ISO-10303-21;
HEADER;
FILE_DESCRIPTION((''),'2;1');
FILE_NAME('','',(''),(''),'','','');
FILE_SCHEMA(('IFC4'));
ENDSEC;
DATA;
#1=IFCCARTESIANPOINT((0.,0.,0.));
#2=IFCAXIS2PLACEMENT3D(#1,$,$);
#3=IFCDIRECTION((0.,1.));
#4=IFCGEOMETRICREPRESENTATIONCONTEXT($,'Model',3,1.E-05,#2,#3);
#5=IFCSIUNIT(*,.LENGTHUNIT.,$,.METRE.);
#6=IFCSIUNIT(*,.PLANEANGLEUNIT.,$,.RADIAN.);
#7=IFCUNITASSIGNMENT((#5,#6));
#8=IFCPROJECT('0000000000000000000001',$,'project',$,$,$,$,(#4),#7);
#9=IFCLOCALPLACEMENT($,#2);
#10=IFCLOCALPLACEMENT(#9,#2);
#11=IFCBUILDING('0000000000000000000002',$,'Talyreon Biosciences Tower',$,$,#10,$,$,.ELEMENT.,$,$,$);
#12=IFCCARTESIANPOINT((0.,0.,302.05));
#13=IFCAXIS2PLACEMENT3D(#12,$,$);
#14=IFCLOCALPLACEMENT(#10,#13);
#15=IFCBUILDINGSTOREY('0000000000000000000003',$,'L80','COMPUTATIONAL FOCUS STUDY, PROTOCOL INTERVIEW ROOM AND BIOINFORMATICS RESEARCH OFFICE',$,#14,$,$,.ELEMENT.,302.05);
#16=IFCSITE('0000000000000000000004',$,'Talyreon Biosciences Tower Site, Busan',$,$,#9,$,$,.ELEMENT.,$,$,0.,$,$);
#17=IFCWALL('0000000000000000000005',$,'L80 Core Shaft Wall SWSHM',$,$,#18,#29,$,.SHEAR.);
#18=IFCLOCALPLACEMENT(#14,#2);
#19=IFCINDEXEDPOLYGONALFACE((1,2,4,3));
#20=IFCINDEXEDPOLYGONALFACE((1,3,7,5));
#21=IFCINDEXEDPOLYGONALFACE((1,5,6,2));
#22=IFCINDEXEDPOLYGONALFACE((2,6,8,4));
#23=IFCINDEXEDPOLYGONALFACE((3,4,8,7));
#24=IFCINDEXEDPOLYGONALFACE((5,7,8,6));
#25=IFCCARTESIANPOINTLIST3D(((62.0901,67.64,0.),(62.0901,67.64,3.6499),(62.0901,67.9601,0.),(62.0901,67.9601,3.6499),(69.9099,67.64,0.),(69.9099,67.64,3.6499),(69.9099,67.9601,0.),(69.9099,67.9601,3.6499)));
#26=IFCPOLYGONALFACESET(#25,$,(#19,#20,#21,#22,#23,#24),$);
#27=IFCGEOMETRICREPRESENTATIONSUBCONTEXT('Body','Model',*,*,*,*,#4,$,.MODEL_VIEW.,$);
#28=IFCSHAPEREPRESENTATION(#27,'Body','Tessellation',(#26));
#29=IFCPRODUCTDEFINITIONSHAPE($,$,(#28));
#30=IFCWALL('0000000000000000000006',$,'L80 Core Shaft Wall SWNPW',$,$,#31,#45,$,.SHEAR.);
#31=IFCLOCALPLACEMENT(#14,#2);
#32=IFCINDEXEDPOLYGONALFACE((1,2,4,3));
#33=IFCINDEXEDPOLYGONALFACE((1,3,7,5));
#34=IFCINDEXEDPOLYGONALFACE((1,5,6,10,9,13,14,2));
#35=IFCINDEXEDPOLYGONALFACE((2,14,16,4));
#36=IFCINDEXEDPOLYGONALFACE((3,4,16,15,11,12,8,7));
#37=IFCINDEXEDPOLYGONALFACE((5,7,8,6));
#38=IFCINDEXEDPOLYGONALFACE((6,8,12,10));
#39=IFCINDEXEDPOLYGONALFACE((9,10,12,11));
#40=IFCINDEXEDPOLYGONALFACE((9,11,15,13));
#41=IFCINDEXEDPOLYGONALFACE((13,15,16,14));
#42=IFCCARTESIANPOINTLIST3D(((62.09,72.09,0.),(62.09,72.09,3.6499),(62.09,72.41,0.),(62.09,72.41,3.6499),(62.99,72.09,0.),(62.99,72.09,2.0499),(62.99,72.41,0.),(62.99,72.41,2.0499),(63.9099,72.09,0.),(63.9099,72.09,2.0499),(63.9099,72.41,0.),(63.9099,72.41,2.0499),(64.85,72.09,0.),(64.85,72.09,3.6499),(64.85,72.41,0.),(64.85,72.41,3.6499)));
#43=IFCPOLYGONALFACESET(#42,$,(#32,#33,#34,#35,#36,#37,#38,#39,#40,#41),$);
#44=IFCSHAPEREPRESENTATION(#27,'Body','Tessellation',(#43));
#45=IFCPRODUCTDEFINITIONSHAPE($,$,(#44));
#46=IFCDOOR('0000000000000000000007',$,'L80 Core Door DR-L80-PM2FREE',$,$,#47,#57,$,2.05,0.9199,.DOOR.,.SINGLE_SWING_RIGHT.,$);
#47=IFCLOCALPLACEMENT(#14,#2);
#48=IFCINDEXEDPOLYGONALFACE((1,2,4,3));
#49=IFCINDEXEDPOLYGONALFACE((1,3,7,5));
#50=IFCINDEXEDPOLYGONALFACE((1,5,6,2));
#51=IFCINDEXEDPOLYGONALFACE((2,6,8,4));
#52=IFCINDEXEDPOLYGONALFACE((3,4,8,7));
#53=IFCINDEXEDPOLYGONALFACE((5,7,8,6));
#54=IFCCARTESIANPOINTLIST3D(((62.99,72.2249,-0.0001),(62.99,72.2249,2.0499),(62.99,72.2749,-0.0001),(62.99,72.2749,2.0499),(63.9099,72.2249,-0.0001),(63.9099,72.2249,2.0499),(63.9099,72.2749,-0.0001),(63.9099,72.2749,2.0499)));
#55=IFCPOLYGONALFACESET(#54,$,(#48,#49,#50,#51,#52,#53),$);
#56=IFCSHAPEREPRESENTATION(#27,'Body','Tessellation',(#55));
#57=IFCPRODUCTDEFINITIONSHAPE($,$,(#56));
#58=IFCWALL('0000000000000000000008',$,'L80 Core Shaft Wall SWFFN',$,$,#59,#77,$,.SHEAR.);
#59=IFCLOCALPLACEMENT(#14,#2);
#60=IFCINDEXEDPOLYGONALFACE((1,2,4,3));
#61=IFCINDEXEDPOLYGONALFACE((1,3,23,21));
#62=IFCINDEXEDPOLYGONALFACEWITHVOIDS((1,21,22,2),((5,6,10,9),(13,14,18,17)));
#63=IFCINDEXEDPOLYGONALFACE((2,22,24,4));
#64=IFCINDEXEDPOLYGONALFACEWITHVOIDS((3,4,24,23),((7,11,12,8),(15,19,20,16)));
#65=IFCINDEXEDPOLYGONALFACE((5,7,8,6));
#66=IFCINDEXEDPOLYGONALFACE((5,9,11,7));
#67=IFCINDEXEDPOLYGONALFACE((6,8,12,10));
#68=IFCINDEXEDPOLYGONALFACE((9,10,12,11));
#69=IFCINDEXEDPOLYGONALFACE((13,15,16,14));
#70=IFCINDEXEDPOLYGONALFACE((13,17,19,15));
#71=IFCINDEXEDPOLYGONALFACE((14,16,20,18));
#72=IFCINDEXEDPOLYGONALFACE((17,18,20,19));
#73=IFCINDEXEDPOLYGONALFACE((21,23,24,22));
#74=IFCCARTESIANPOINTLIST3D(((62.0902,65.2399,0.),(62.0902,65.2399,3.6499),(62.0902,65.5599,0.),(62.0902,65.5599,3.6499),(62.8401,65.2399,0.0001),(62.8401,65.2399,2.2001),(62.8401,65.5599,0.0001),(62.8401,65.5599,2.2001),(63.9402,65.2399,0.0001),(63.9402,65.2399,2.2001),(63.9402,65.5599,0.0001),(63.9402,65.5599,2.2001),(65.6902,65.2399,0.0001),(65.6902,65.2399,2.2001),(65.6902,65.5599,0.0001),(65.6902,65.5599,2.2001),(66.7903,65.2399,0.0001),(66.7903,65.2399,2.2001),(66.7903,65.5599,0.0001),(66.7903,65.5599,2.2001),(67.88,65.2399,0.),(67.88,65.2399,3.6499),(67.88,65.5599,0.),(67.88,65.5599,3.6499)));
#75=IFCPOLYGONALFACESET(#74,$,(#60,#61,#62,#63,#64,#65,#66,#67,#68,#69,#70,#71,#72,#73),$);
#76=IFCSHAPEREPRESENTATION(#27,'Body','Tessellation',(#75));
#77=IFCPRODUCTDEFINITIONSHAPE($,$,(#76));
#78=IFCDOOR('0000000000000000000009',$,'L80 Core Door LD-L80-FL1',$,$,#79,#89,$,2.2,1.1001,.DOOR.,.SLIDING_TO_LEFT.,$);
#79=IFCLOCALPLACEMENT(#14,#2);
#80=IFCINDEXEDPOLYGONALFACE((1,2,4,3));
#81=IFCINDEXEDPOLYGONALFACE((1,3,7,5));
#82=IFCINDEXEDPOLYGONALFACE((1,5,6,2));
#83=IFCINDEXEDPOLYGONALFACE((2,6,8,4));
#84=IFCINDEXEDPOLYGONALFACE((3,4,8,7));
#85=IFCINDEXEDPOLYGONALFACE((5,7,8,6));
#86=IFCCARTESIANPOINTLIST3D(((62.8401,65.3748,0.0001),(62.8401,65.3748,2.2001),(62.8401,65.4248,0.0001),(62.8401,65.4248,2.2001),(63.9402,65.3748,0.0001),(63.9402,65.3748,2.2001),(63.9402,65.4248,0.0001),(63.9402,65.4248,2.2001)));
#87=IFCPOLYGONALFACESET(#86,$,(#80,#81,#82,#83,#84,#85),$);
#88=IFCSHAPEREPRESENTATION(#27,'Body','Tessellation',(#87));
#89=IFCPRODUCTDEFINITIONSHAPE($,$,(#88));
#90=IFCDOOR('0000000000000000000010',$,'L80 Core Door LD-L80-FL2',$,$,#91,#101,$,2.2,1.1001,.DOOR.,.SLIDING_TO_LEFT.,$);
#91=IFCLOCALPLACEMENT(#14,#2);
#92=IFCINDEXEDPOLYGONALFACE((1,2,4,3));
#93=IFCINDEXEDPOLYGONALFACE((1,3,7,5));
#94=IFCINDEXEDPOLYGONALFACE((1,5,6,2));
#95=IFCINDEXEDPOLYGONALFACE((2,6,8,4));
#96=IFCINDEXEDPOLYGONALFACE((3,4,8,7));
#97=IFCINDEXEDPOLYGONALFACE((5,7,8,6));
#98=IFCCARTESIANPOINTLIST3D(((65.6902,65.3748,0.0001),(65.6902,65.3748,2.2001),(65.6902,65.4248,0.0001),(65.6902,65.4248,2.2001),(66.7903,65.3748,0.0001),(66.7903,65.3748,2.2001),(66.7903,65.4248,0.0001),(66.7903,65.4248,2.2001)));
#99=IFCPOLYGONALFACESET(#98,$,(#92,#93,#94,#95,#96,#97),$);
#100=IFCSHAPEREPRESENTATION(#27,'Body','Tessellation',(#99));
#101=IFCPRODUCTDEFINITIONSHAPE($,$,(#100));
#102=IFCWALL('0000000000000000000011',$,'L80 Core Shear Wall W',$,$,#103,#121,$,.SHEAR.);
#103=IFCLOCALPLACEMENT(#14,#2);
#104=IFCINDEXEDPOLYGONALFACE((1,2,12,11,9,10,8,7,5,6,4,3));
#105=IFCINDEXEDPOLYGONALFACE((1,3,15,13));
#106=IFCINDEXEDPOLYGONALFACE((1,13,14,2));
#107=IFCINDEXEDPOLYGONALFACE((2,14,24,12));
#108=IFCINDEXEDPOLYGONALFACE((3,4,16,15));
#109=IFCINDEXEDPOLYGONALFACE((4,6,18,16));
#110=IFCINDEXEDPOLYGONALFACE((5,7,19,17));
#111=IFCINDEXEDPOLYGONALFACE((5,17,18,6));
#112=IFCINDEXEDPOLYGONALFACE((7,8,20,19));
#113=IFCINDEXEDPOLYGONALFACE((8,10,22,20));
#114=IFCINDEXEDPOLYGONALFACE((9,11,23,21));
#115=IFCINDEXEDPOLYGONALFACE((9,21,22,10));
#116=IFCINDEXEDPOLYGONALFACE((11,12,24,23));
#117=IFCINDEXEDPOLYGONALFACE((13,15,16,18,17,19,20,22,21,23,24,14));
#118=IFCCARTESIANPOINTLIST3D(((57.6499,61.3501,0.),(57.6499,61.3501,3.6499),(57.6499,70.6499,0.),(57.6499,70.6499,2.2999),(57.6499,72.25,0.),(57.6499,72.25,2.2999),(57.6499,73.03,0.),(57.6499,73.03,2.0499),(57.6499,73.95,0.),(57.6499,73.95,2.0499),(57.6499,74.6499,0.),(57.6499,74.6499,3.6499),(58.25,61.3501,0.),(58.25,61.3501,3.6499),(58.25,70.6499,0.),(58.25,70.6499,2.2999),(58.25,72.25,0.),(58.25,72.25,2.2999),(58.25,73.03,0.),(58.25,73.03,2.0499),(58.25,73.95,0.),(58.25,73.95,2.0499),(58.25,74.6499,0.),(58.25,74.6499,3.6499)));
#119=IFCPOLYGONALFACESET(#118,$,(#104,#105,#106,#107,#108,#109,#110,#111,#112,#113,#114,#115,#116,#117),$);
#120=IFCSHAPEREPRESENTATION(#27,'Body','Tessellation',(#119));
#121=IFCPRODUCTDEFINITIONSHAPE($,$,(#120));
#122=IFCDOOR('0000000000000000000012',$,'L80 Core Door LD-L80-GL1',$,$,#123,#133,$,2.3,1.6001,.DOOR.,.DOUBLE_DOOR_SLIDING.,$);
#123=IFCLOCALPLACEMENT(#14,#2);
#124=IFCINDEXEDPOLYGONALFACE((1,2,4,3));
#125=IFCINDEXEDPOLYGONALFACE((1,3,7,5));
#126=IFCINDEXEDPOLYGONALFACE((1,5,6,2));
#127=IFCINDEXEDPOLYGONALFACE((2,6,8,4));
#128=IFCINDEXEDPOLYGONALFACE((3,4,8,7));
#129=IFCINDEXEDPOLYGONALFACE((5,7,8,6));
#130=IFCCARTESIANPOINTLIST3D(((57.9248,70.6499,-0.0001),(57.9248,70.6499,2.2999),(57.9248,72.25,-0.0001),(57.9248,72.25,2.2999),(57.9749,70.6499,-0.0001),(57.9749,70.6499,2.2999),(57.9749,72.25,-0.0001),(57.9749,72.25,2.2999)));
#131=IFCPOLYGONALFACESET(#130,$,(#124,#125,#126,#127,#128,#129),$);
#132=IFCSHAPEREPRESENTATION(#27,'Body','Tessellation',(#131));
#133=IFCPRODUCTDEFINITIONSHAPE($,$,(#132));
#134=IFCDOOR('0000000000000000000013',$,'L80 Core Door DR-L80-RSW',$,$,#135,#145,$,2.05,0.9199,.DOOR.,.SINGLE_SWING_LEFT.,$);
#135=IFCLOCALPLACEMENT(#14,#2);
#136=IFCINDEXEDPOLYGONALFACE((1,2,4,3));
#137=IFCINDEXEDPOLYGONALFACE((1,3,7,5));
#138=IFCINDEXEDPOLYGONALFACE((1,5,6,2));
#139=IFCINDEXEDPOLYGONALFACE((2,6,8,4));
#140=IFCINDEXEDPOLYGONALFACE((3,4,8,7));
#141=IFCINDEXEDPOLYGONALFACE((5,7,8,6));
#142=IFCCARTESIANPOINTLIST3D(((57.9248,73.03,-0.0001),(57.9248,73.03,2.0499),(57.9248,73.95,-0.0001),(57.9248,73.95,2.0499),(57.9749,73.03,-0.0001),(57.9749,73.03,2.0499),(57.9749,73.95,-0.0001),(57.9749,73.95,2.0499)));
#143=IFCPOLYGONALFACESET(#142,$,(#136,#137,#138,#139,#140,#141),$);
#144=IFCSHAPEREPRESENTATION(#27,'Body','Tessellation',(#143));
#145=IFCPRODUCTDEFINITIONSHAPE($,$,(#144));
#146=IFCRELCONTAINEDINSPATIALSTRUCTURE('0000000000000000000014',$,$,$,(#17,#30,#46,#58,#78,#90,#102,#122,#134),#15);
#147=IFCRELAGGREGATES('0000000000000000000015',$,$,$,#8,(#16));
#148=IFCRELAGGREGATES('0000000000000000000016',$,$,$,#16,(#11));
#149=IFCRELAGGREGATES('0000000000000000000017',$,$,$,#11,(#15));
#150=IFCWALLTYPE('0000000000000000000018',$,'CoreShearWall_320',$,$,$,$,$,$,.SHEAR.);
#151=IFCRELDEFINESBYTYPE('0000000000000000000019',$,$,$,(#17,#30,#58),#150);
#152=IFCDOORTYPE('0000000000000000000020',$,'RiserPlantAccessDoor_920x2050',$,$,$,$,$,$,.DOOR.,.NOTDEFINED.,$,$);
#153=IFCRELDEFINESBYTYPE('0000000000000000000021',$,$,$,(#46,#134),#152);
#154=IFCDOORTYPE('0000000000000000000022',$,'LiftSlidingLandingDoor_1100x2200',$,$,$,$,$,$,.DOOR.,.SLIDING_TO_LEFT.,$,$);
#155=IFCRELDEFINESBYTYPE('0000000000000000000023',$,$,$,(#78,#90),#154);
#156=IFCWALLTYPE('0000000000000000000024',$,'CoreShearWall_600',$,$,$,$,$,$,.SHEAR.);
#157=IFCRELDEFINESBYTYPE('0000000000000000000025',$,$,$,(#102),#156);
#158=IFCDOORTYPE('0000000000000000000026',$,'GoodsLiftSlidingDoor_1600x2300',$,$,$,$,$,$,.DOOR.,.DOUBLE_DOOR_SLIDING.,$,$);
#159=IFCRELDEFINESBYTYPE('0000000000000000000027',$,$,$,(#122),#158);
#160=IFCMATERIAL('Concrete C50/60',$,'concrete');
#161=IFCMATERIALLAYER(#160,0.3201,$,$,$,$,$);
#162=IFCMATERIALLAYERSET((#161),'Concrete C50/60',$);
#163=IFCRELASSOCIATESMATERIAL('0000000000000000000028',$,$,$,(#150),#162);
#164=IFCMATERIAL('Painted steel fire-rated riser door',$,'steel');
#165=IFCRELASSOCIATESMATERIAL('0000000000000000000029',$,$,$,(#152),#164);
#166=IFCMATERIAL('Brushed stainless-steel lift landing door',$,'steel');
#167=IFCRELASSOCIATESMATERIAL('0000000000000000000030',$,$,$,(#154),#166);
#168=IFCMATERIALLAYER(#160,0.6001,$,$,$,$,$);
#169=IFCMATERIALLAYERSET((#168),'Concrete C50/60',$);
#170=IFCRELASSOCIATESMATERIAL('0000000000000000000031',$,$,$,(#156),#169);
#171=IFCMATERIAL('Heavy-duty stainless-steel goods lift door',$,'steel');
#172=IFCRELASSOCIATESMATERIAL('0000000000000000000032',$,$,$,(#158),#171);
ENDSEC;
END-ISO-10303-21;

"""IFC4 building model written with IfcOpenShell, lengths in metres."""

from ifc_helpers import new_model, si_unit, direction, frame, frame_2d, origin, place, context, subcontext, project, spatial, rectangle, extrude, material, layer, layer_set, type_object, element, fill, save


model = new_model("IFC4")

# Units and contexts
model_context = context("Model", 3, precision=1e-05, world=origin(), true_north=direction((0.0, 1.0)))
body_context = subcontext(model_context, "Body", "Model", "MODEL_VIEW")
ifc_project = project(units=[si_unit("LENGTHUNIT", "METRE"), si_unit("PLANEANGLEUNIT", "RADIAN")], contexts=[model_context])

# Site, building, storey
site_placement = place(None, origin())
site = spatial("IfcSite", under=ifc_project, at=site_placement, Name="Talyreon Biosciences Tower Site, Busan", CompositionType="ELEMENT", RefElevation=0.0)
building_placement = place(site_placement, origin())
building = spatial("IfcBuilding", under=site, at=building_placement, Name="Talyreon Biosciences Tower", CompositionType="ELEMENT")
storey_placement = place(building_placement, frame((0.0, 0.0, 302.05)))
storey = spatial("IfcBuildingStorey", under=building, at=storey_placement, Name="L80", Description="COMPUTATIONAL FOCUS STUDY, PROTOCOL INTERVIEW ROOM AND BIOINFORMATICS RESEARCH OFFICE", CompositionType="ELEMENT", Elevation=302.05)

# Shared definitions
ifc_material_1 = material(Name="Concrete C50/60", Category="concrete")

# Wall
ifc_layer_1 = layer(ifc_material_1, 0.3201)
ifc_layer_set_1 = layer_set([ifc_layer_1], Name="Concrete C50/60")
wall_type_1 = type_object("IfcWallType", Name="CoreShearWall_320", PredefinedType="SHEAR", material=ifc_layer_set_1)
wall_1_placement = place(storey_placement, frame((62.0901, 67.8, 0.0), z_axis=(0.0, 0.0, 1.0), x_axis=(1.0, 0.0, 0.0)))
element("IfcWall", 1, at=wall_1_placement, inside=storey, type_object=wall_type_1, Name="L80 Core Shaft Wall SWSHM", PredefinedType="SHEAR", context=body_context, shape_type="SweptSolid", body=[
    extrude(rectangle(XDim=7.8198, YDim=0.3201, at=frame_2d((3.9099, 0.0))), origin(), (0.0, 0.0, 1.0), 3.6499),
])

# Wall, opening, door
wall_2_placement = place(storey_placement, frame((62.0901, 72.25, 0.0), z_axis=(0.0, 0.0, 1.0), x_axis=(1.0, 0.0, 0.0)))
wall_2 = element("IfcWall", 2, at=wall_2_placement, inside=storey, type_object=wall_type_1, Name="L80 Core Shaft Wall SWNPW", PredefinedType="SHEAR", context=body_context, shape_type="SweptSolid", body=[
    extrude(rectangle(XDim=2.76, YDim=0.3201, at=frame_2d((1.3799, 0.0))), origin(), (0.0, 0.0, 1.0), 3.6499),
])
opening_1_placement = place(wall_2_placement, frame((0.8999, 0.0, 0.0)))
opening_1 = element("IfcOpeningElement", 3, at=opening_1_placement, cuts=wall_2, PredefinedType="OPENING", context=body_context, shape_type="SweptSolid", body=[
    extrude(rectangle(XDim=0.9199, YDim=2.05, at=frame_2d((0.46, 1.0249))), frame((0.0, 0.1699, 0.0), z_axis=(0.0, -1.0, 0.0), x_axis=(1.0, 0.0, 0.0)), (0.0, 0.0, 1.0), 0.3401),
])
ifc_material_2 = material(Name="Painted steel fire-rated riser door", Category="steel")
door_type_1 = type_object("IfcDoorType", Name="RiserPlantAccessDoor_920x2050", OperationType="NOTDEFINED", PredefinedType="DOOR", material=ifc_material_2)
door_1_placement = place(opening_1_placement, origin())
door_1 = element("IfcDoor", 4, at=door_1_placement, inside=storey, type_object=door_type_1, Name="L80 Core Door DR-L80-PM2FREE", OperationType="SINGLE_SWING_RIGHT", OverallHeight=2.05, OverallWidth=0.9199, PredefinedType="DOOR", context=body_context, shape_type="SweptSolid", body=[
    extrude(rectangle(XDim=0.9199, YDim=2.05, at=frame_2d((0.46, 1.0249))), frame((0.0, 0.0249, 0.0), z_axis=(0.0, -1.0, 0.0), x_axis=(1.0, 0.0, 0.0)), (0.0, 0.0, 1.0), 0.05),
])
fill(opening_1, door_1)

# Walls, openings, doors
wall_3_placement = place(storey_placement, frame((62.0901, 65.3999, 0.0), z_axis=(0.0, 0.0, 1.0), x_axis=(1.0, 0.0, 0.0)))
wall_3 = element("IfcWall", 5, at=wall_3_placement, inside=storey, type_object=wall_type_1, Name="L80 Core Shaft Wall SWFFN", PredefinedType="SHEAR", context=body_context, shape_type="SweptSolid", body=[
    extrude(rectangle(XDim=5.7898, YDim=0.3201, at=frame_2d((2.895, 0.0))), origin(), (0.0, 0.0, 1.0), 3.6499),
])
opening_2_placement = place(wall_3_placement, frame((0.75, 0.0, 0.0)))
opening_2 = element("IfcOpeningElement", 6, at=opening_2_placement, cuts=wall_3, PredefinedType="OPENING", context=body_context, shape_type="SweptSolid", body=[
    extrude(rectangle(XDim=1.1001, YDim=2.2, at=frame_2d((0.55, 1.1001))), frame((0.0, 0.1699, 0.0), z_axis=(0.0, -1.0, 0.0), x_axis=(1.0, 0.0, 0.0)), (0.0, 0.0, 1.0), 0.3401),
])
opening_3_placement = place(wall_3_placement, frame((3.6001, 0.0, 0.0)))
opening_3 = element("IfcOpeningElement", 7, at=opening_3_placement, cuts=wall_3, PredefinedType="OPENING", context=body_context, shape_type="SweptSolid", body=[
    extrude(rectangle(XDim=1.1001, YDim=2.2, at=frame_2d((0.55, 1.1001))), frame((0.0, 0.1699, 0.0), z_axis=(0.0, -1.0, 0.0), x_axis=(1.0, 0.0, 0.0)), (0.0, 0.0, 1.0), 0.3401),
])
ifc_material_3 = material(Name="Brushed stainless-steel lift landing door", Category="steel")
door_type_2 = type_object("IfcDoorType", Name="LiftSlidingLandingDoor_1100x2200", OperationType="SLIDING_TO_LEFT", PredefinedType="DOOR", material=ifc_material_3)
door_2_placement = place(opening_2_placement, origin())
door_2 = element("IfcDoor", 8, at=door_2_placement, inside=storey, type_object=door_type_2, Name="L80 Core Door LD-L80-FL1", OperationType="SLIDING_TO_LEFT", OverallHeight=2.2, OverallWidth=1.1001, PredefinedType="DOOR", context=body_context, shape_type="SweptSolid", body=[
    extrude(rectangle(XDim=1.1001, YDim=2.2, at=frame_2d((0.55, 1.1001))), frame((0.0, 0.0249, 0.0), z_axis=(0.0, -1.0, 0.0), x_axis=(1.0, 0.0, 0.0)), (0.0, 0.0, 1.0), 0.05),
])
fill(opening_2, door_2)
door_3_placement = place(opening_3_placement, origin())
door_3 = element("IfcDoor", 9, at=door_3_placement, inside=storey, type_object=door_type_2, Name="L80 Core Door LD-L80-FL2", OperationType="SLIDING_TO_LEFT", OverallHeight=2.2, OverallWidth=1.1001, PredefinedType="DOOR", context=body_context, shape_type="SweptSolid", body=[
    extrude(rectangle(XDim=1.1001, YDim=2.2, at=frame_2d((0.55, 1.1001))), frame((0.0, 0.0249, 0.0), z_axis=(0.0, -1.0, 0.0), x_axis=(1.0, 0.0, 0.0)), (0.0, 0.0, 1.0), 0.05),
])
fill(opening_3, door_3)
ifc_layer_2 = layer(ifc_material_1, 0.6001)
ifc_layer_set_2 = layer_set([ifc_layer_2], Name="Concrete C50/60")
wall_type_2 = type_object("IfcWallType", Name="CoreShearWall_600", PredefinedType="SHEAR", material=ifc_layer_set_2)
wall_4_placement = place(storey_placement, frame((57.95, 74.6499, 0.0), z_axis=(0.0, 0.0, 1.0), x_axis=(0.0, -1.0, 0.0)))
wall_4 = element("IfcWall", 10, at=wall_4_placement, inside=storey, type_object=wall_type_2, Name="L80 Core Shear Wall W", PredefinedType="SHEAR", context=body_context, shape_type="SweptSolid", body=[
    extrude(rectangle(XDim=13.2998, YDim=0.6001, at=frame_2d((6.6499, 0.0))), origin(), (0.0, 0.0, 1.0), 3.6499),
])
opening_4_placement = place(wall_4_placement, frame((0.7, 0.0, 0.0)))
opening_4 = element("IfcOpeningElement", 11, at=opening_4_placement, cuts=wall_4, PredefinedType="OPENING", context=body_context, shape_type="SweptSolid", body=[
    extrude(rectangle(XDim=0.9199, YDim=2.05, at=frame_2d((0.46, 1.0249))), frame((0.0, 0.3101, 0.0), z_axis=(0.0, -1.0, 0.0), x_axis=(1.0, 0.0, 0.0)), (0.0, 0.0, 1.0), 0.6201),
])
opening_5_placement = place(wall_4_placement, frame((2.3999, 0.0, 0.0)))
opening_5 = element("IfcOpeningElement", 12, at=opening_5_placement, cuts=wall_4, PredefinedType="OPENING", context=body_context, shape_type="SweptSolid", body=[
    extrude(rectangle(XDim=1.6001, YDim=2.3, at=frame_2d((0.8, 1.1499))), frame((0.0, 0.3101, 0.0), z_axis=(0.0, -1.0, 0.0), x_axis=(1.0, 0.0, 0.0)), (0.0, 0.0, 1.0), 0.6201),
])
ifc_material_4 = material(Name="Heavy-duty stainless-steel goods lift door", Category="steel")
door_type_3 = type_object("IfcDoorType", Name="GoodsLiftSlidingDoor_1600x2300", OperationType="DOUBLE_DOOR_SLIDING", PredefinedType="DOOR", material=ifc_material_4)
door_4_placement = place(opening_5_placement, origin())
door_4 = element("IfcDoor", 13, at=door_4_placement, inside=storey, type_object=door_type_3, Name="L80 Core Door LD-L80-GL1", OperationType="DOUBLE_DOOR_SLIDING", OverallHeight=2.3, OverallWidth=1.6001, PredefinedType="DOOR", context=body_context, shape_type="SweptSolid", body=[
    extrude(rectangle(XDim=1.6001, YDim=2.3, at=frame_2d((0.8, 1.1499))), frame((0.0, 0.0249, 0.0), z_axis=(0.0, -1.0, 0.0), x_axis=(1.0, 0.0, 0.0)), (0.0, 0.0, 1.0), 0.05),
])
fill(opening_5, door_4)
door_5_placement = place(opening_4_placement, origin())
door_5 = element("IfcDoor", 14, at=door_5_placement, inside=storey, type_object=door_type_1, Name="L80 Core Door DR-L80-RSW", OperationType="SINGLE_SWING_LEFT", OverallHeight=2.05, OverallWidth=0.9199, PredefinedType="DOOR", context=body_context, shape_type="SweptSolid", body=[
    extrude(rectangle(XDim=0.9199, YDim=2.05, at=frame_2d((0.46, 1.0249))), frame((0.0, 0.0249, 0.0), z_axis=(0.0, -1.0, 0.0), x_axis=(1.0, 0.0, 0.0)), (0.0, 0.0, 1.0), 0.05),
])
fill(opening_4, door_5)

save(model, "model.ifc")
